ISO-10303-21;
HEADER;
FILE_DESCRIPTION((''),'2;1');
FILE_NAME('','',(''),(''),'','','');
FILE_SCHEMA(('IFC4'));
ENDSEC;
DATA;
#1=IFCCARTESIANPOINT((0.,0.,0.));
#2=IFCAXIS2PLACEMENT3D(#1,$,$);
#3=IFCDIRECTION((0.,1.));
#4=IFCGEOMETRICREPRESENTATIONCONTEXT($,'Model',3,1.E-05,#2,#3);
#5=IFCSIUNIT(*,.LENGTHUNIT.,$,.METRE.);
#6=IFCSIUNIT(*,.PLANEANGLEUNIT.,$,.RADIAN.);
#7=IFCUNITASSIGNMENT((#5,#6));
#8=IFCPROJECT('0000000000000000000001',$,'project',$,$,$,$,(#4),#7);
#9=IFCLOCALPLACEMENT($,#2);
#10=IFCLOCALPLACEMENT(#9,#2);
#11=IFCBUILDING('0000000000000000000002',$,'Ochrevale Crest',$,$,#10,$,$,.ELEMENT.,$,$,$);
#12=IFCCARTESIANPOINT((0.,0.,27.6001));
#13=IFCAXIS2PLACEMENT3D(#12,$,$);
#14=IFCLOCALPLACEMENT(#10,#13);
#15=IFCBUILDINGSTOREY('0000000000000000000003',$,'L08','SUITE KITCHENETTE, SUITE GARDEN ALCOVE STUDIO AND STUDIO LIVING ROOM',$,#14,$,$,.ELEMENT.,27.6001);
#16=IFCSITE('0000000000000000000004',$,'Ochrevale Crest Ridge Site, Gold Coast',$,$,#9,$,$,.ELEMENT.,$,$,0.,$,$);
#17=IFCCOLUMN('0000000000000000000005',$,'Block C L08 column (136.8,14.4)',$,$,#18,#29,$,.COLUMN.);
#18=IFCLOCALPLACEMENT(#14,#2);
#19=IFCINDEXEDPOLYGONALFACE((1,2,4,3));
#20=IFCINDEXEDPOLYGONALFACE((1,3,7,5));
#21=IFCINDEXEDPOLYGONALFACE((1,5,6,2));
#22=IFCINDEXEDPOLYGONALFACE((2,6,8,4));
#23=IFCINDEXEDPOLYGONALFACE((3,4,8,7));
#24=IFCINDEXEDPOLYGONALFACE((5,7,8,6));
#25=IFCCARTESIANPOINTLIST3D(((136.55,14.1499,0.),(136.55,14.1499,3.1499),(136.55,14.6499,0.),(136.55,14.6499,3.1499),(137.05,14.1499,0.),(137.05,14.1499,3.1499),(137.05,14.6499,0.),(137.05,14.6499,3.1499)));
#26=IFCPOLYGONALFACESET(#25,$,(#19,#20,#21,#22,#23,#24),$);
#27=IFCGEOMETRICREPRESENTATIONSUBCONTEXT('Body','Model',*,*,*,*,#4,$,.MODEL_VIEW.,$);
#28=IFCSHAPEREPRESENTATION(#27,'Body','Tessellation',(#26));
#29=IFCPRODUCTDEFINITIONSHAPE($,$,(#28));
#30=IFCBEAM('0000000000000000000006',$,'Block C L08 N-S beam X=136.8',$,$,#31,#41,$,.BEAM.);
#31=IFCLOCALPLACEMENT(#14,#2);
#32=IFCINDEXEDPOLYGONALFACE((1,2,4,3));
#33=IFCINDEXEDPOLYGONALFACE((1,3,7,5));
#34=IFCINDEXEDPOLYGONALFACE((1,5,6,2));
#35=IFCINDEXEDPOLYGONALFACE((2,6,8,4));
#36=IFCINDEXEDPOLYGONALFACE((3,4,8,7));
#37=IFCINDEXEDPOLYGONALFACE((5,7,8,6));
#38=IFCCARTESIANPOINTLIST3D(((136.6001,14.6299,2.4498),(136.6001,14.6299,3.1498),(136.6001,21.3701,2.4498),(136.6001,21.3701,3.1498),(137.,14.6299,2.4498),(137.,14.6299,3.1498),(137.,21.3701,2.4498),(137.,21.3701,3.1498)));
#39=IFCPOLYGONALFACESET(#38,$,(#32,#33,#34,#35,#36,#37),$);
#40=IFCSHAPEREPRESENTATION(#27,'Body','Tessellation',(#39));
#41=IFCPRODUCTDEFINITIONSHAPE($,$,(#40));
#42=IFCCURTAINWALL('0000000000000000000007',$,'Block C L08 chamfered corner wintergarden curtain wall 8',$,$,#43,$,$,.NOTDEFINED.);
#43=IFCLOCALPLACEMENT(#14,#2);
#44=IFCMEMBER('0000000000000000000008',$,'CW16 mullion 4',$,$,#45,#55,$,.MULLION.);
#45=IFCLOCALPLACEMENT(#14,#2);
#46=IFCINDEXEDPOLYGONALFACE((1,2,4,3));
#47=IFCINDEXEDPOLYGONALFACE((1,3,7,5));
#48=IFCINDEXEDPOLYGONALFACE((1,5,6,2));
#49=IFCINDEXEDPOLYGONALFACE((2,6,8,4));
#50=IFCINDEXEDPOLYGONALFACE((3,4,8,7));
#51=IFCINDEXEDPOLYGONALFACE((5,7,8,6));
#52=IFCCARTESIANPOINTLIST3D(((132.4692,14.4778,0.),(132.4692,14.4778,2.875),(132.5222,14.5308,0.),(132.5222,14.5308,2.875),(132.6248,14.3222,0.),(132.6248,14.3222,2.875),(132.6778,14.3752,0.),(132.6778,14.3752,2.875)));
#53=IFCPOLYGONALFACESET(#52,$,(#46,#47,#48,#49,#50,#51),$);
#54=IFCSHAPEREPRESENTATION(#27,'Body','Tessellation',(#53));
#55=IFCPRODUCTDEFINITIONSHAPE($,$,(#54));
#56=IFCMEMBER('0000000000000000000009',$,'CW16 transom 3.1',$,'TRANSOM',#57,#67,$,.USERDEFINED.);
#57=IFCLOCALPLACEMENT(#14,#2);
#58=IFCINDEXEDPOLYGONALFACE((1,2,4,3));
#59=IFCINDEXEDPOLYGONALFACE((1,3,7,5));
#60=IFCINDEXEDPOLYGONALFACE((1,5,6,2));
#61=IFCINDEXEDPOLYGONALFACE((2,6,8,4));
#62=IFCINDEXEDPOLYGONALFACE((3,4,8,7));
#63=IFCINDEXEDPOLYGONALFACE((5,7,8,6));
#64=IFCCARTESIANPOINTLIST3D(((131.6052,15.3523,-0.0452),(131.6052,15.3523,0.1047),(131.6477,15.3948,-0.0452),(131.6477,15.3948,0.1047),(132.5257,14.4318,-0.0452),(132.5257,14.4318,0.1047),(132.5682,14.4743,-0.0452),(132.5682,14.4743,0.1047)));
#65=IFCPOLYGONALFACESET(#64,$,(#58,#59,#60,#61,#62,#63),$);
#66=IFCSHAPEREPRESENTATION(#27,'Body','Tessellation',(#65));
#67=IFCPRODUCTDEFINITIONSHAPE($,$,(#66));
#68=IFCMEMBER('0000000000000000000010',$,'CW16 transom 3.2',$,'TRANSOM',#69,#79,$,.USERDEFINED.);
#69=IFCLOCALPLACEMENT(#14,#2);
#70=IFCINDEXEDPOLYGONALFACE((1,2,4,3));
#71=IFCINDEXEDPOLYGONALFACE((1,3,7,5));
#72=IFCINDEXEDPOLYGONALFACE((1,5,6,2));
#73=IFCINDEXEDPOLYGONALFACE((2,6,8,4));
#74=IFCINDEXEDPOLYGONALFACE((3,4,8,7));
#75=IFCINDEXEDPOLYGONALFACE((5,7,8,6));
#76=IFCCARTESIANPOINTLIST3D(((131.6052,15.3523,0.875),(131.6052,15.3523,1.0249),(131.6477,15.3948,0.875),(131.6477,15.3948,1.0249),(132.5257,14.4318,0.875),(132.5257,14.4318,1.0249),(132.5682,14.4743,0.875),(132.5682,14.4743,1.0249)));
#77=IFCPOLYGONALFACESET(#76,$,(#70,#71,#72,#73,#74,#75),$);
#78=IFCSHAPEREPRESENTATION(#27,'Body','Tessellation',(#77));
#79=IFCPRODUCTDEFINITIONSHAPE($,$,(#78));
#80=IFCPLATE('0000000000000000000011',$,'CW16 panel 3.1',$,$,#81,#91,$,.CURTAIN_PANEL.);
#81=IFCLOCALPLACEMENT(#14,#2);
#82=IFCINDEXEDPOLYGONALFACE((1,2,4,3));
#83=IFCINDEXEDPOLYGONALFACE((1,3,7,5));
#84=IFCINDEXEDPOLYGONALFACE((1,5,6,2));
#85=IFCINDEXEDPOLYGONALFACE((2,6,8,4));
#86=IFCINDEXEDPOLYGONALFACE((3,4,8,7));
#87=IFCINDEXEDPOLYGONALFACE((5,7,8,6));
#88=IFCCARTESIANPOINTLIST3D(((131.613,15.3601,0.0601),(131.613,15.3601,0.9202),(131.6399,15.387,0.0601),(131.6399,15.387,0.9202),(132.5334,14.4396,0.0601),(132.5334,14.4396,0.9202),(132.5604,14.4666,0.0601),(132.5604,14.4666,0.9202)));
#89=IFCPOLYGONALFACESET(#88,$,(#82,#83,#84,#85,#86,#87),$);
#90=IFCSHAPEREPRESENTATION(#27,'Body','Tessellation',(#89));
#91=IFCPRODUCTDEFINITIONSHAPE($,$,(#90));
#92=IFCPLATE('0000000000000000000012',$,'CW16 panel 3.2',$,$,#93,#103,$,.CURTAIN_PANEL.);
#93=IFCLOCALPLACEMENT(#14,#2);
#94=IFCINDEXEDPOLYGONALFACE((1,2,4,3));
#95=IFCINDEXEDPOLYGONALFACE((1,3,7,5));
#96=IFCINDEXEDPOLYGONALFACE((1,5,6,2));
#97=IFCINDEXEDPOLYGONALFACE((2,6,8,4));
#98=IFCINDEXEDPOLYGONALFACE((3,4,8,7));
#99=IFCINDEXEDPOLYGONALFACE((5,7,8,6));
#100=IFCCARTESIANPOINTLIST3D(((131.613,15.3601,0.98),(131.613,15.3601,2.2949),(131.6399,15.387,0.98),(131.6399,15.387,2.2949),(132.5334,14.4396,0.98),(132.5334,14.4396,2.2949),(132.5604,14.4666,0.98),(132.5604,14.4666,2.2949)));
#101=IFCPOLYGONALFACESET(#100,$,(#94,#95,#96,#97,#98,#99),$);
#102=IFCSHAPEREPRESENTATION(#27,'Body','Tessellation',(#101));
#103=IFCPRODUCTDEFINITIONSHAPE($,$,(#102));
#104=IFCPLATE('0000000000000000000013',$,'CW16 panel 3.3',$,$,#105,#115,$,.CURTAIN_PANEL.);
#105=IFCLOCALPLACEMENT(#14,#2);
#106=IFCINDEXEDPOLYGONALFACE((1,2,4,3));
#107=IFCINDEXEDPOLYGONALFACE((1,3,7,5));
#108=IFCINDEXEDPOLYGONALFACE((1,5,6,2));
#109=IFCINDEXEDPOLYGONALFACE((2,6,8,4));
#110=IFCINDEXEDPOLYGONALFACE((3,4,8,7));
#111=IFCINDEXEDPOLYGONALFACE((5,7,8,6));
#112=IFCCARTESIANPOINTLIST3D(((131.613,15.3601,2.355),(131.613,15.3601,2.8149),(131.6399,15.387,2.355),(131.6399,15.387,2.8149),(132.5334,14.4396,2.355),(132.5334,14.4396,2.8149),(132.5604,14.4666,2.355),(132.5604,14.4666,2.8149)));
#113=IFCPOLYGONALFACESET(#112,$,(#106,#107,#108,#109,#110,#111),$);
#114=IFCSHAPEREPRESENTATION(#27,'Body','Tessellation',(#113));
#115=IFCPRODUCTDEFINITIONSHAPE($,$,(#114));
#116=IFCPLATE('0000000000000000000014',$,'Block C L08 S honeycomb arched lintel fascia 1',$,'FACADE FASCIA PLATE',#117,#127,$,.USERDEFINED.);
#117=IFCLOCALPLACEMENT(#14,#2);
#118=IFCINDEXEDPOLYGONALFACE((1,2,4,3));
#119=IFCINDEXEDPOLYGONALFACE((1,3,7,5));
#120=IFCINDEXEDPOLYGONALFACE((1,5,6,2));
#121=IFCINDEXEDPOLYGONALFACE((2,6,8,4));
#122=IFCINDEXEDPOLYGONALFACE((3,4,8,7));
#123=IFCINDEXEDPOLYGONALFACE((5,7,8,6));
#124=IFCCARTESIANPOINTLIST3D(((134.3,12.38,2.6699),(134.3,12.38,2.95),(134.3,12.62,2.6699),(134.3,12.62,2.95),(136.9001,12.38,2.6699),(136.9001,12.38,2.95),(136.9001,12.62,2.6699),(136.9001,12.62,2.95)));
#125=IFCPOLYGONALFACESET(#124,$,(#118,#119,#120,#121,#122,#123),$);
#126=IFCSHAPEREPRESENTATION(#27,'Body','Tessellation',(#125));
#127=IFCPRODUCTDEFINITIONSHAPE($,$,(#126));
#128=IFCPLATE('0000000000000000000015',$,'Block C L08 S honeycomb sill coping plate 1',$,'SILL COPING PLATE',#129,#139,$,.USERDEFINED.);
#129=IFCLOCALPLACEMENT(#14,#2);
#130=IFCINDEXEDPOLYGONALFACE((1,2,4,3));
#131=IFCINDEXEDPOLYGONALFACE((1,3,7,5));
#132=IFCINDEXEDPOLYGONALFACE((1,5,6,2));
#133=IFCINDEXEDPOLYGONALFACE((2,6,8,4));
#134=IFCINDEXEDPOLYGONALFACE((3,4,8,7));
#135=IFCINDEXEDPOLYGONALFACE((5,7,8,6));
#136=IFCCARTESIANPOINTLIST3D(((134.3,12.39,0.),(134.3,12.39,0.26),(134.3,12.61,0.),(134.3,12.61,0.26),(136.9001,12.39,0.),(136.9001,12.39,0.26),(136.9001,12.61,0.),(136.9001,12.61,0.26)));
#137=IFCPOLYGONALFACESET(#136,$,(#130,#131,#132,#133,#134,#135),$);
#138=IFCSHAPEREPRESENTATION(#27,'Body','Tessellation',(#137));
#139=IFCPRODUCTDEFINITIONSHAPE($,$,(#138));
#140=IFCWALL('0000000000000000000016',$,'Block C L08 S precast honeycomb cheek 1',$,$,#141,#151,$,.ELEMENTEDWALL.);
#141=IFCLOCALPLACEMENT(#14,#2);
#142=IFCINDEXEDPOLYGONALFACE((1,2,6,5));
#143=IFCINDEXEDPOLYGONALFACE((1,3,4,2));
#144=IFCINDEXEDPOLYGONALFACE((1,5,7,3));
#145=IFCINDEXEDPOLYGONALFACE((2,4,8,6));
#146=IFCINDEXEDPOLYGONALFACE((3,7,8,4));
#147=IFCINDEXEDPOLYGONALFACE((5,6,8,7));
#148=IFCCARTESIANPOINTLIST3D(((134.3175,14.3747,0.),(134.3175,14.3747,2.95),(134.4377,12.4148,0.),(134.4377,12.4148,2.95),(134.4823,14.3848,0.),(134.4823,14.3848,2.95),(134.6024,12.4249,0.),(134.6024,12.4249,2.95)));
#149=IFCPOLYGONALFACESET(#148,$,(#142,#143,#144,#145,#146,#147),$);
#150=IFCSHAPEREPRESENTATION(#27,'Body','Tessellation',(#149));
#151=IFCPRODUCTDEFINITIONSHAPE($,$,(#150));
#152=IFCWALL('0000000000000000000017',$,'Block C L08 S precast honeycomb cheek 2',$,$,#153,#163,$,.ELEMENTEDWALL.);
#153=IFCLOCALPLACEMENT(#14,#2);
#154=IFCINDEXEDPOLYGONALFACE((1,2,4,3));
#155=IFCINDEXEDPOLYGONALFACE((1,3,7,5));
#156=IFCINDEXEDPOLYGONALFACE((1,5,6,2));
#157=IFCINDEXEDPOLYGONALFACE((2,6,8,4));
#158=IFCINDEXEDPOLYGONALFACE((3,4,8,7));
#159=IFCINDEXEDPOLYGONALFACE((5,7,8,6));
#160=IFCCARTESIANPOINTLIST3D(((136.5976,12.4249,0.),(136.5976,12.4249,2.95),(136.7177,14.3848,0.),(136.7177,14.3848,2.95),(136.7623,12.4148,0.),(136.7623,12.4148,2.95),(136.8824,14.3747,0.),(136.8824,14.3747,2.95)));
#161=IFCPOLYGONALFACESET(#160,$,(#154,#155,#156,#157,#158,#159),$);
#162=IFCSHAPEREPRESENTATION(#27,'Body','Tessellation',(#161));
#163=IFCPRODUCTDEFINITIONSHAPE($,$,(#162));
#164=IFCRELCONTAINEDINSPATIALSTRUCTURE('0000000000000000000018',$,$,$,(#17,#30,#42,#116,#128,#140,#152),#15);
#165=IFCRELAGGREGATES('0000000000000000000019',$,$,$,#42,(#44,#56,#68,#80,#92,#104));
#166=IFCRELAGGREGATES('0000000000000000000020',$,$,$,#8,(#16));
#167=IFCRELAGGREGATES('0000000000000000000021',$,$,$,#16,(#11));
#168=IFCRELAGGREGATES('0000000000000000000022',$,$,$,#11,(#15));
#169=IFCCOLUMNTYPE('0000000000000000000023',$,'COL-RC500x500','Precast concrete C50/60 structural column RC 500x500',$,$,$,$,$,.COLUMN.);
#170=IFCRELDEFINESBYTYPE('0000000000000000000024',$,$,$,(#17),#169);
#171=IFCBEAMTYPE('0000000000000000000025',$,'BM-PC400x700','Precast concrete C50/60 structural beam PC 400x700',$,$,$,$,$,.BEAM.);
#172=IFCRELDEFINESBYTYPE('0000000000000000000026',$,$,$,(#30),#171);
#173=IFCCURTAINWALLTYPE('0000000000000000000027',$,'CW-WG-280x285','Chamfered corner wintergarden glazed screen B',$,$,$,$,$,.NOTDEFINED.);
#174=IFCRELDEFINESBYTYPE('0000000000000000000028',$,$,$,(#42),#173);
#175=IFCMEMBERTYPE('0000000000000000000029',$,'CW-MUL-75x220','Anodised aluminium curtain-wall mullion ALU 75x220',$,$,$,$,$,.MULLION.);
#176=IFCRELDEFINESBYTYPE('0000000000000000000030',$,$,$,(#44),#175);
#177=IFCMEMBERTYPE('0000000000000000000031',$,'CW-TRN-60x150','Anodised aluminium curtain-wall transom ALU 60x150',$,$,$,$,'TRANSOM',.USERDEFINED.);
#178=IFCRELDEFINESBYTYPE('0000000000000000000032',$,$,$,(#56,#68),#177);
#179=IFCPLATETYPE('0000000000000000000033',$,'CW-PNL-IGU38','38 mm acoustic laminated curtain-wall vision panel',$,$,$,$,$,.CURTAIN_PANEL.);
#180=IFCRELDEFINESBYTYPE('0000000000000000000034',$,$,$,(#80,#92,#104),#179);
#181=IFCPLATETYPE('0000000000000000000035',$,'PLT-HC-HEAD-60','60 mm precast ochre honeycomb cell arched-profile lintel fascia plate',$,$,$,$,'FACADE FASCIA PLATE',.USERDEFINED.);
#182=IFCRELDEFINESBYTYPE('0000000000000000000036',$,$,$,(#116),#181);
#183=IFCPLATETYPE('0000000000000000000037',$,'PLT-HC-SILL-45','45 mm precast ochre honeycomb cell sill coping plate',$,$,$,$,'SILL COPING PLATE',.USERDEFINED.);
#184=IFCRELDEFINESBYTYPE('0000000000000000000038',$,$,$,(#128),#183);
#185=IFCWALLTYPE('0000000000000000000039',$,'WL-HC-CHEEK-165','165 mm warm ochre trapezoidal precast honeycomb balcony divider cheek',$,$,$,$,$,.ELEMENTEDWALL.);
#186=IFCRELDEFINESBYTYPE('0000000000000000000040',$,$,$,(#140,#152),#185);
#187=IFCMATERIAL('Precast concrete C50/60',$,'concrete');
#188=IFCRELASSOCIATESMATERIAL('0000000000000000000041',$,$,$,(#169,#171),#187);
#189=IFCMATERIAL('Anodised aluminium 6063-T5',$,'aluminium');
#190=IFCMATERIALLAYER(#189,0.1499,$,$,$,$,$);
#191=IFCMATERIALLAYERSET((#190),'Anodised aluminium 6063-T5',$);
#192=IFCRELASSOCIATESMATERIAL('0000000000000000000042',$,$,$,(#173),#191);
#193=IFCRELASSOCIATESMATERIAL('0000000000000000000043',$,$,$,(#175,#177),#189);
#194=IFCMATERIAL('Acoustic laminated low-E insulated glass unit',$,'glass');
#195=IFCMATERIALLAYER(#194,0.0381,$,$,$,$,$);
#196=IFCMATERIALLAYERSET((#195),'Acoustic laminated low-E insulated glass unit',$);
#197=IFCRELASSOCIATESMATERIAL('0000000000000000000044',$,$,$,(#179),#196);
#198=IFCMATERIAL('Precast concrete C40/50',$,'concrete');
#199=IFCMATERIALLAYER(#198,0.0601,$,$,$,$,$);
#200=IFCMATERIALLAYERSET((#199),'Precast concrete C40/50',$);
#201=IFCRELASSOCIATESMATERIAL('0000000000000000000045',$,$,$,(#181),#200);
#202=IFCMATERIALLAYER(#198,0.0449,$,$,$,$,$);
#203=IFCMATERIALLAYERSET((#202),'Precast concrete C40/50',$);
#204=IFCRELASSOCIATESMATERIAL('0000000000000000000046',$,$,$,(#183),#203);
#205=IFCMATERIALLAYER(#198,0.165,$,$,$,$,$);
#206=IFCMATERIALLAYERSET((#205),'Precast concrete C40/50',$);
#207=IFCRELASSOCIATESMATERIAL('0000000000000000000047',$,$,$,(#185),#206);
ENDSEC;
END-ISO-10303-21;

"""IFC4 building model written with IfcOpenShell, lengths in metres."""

from ifc_helpers import new_model, si_unit, direction, frame, frame_2d, origin, origin_2d, place, context, subcontext, project, spatial, rectangle, extrude, material, layer, layer_set, material_profile, profile_set, type_object, element, aggregate, save


model = new_model("IFC4")

# Units and contexts
model_context = context("Model", 3, precision=1e-05, world=origin(), true_north=direction((0.0, 1.0)))
body_context = subcontext(model_context, "Body", "Model", "MODEL_VIEW")
ifc_project = project(units=[si_unit("LENGTHUNIT", "METRE"), si_unit("PLANEANGLEUNIT", "RADIAN")], contexts=[model_context])

# Site, building, storey
site_placement = place(None, origin())
site = spatial("IfcSite", under=ifc_project, at=site_placement, Name="Ochrevale Crest Ridge Site, Gold Coast", CompositionType="ELEMENT", RefElevation=0.0)
building_placement = place(site_placement, origin())
building = spatial("IfcBuilding", under=site, at=building_placement, Name="Ochrevale Crest", CompositionType="ELEMENT")
storey_placement = place(building_placement, frame((0.0, 0.0, 27.6001)))
storey = spatial("IfcBuildingStorey", under=building, at=storey_placement, Name="L08", Description="SUITE KITCHENETTE, SUITE GARDEN ALCOVE STUDIO AND STUDIO LIVING ROOM", CompositionType="ELEMENT", Elevation=27.6001)

# Column
ifc_material_1 = material(Name="Precast concrete C50/60", Category="concrete")
ifc_material_profile_1 = material_profile(ifc_material_1, rectangle(XDim=0.5, YDim=0.5, at=origin_2d()), Name="RC 500x500")
ifc_profile_set_1 = profile_set([ifc_material_profile_1], Name="Precast concrete C50/60")
column_type = type_object("IfcColumnType", Name="COL-RC500x500", Description="Precast concrete C50/60 structural column RC 500x500", PredefinedType="COLUMN", material=ifc_profile_set_1)
column_placement = place(storey_placement, frame((136.8, 14.3999, 0.0), z_axis=(0.0, 0.0, 1.0), x_axis=(1.0, 0.0, 0.0)))
element("IfcColumn", 1, at=column_placement, inside=storey, type_object=column_type, Name="Block C L08 column (136.8,14.4)", PredefinedType="COLUMN", context=body_context, shape_type="SweptSolid", body=[
    extrude(rectangle(XDim=0.5, YDim=0.5, at=origin_2d()), origin(), (0.0, 0.0, 1.0), 3.1499),
])

# Beam
ifc_material_profile_2 = material_profile(ifc_material_1, rectangle(XDim=0.3999, YDim=0.7, at=origin_2d()), Name="PC 400x700")
ifc_profile_set_2 = profile_set([ifc_material_profile_2], Name="Precast concrete C50/60")
beam_type = type_object("IfcBeamType", Name="BM-PC400x700", Description="Precast concrete C50/60 structural beam PC 400x700", PredefinedType="BEAM", material=ifc_profile_set_2)
beam_placement = place(storey_placement, frame((136.8, 14.6299, 2.7998), z_axis=(0.0, 1.0, 0.0), x_axis=(-1.0, 0.0, 0.0)))
element("IfcBeam", 2, at=beam_placement, inside=storey, type_object=beam_type, Name="Block C L08 N-S beam X=136.8", PredefinedType="BEAM", context=body_context, shape_type="SweptSolid", body=[
    extrude(rectangle(XDim=0.3999, YDim=0.7, at=origin_2d()), origin(), (0.0, 0.0, 1.0), 6.7402),
])

# Curtain wall, members, plates
ifc_material_2 = material(Name="Anodised aluminium 6063-T5", Category="aluminium")
ifc_layer_1 = layer(ifc_material_2, 0.1499)
ifc_layer_set_1 = layer_set([ifc_layer_1], Name="Anodised aluminium 6063-T5")
curtain_wall_type = type_object("IfcCurtainWallType", Name="CW-WG-280x285", Description="Chamfered corner wintergarden glazed screen B", PredefinedType="NOTDEFINED", material=ifc_layer_set_1)
curtain_wall_placement = place(storey_placement, origin())
curtain_wall = element("IfcCurtainWall", 3, at=curtain_wall_placement, inside=storey, type_object=curtain_wall_type, Name="Block C L08 chamfered corner wintergarden curtain wall 8", PredefinedType="NOTDEFINED")
ifc_material_profile_3 = material_profile(ifc_material_2, rectangle(XDim=0.075, YDim=0.22, at=origin_2d()), Name="ALU 75x220")
ifc_profile_set_3 = profile_set([ifc_material_profile_3], Name="Anodised aluminium 6063-T5")
member_type_1 = type_object("IfcMemberType", Name="CW-MUL-75x220", Description="Anodised aluminium curtain-wall mullion ALU 75x220", PredefinedType="MULLION", material=ifc_profile_set_3)
member_1_placement = place(storey_placement, frame((132.5735, 14.4265, 0.0), z_axis=(0.0, 0.0, 1.0), x_axis=(0.707107, 0.707107, 0.0)))
member_1 = element("IfcMember", 4, at=member_1_placement, type_object=member_type_1, Name="CW16 mullion 4", PredefinedType="MULLION", context=body_context, shape_type="SweptSolid", body=[
    extrude(rectangle(XDim=0.075, YDim=0.22, at=origin_2d()), origin(), (0.0, 0.0, 1.0), 2.875),
])
ifc_material_profile_4 = material_profile(ifc_material_2, rectangle(XDim=0.0601, YDim=0.1499, at=origin_2d()), Name="ALU 60x150")
ifc_profile_set_4 = profile_set([ifc_material_profile_4], Name="Anodised aluminium 6063-T5")
member_type_2 = type_object("IfcMemberType", Name="CW-TRN-60x150", Description="Anodised aluminium curtain-wall transom ALU 60x150", ElementType="TRANSOM", PredefinedType="USERDEFINED", material=ifc_profile_set_4)
member_2_placement = place(storey_placement, frame((131.6265, 15.3735, 0.0298), z_axis=(0.707107, -0.707107, 0.0), x_axis=(0.707107, 0.707107, 0.0)))
member_2 = element("IfcMember", 5, at=member_2_placement, type_object=member_type_2, Name="CW16 transom 3.1", ObjectType="TRANSOM", PredefinedType="USERDEFINED", context=body_context, shape_type="SweptSolid", body=[
    extrude(rectangle(XDim=0.0601, YDim=0.1499, at=origin_2d()), origin(), (0.0, 0.0, 1.0), 1.3018),
])
member_3_placement = place(storey_placement, frame((131.6265, 15.3735, 0.95), z_axis=(0.707107, -0.707107, 0.0), x_axis=(0.707107, 0.707107, 0.0)))
member_3 = element("IfcMember", 6, at=member_3_placement, type_object=member_type_2, Name="CW16 transom 3.2", ObjectType="TRANSOM", PredefinedType="USERDEFINED", context=body_context, shape_type="SweptSolid", body=[
    extrude(rectangle(XDim=0.0601, YDim=0.1499, at=origin_2d()), origin(), (0.0, 0.0, 1.0), 1.3018),
])
ifc_material_3 = material(Name="Acoustic laminated low-E insulated glass unit", Category="glass")
ifc_layer_2 = layer(ifc_material_3, 0.0381)
ifc_layer_set_2 = layer_set([ifc_layer_2], Name="Acoustic laminated low-E insulated glass unit")
plate_type_1 = type_object("IfcPlateType", Name="CW-PNL-IGU38", Description="38 mm acoustic laminated curtain-wall vision panel", PredefinedType="CURTAIN_PANEL", material=ifc_layer_set_2)
plate_1_placement = place(storey_placement, frame((132.0867, 14.9133, 0.0601), z_axis=(0.0, 0.0, 1.0), x_axis=(0.707107, -0.707107, 0.0)))
plate_1 = element("IfcPlate", 7, at=plate_1_placement, type_object=plate_type_1, Name="CW16 panel 3.1", PredefinedType="CURTAIN_PANEL", context=body_context, shape_type="SweptSolid", body=[
    extrude(rectangle(XDim=1.3018, YDim=0.0381, at=origin_2d()), origin(), (0.0, 0.0, 1.0), 0.8601),
])
plate_2_placement = place(storey_placement, frame((132.0867, 14.9133, 0.98), z_axis=(0.0, 0.0, 1.0), x_axis=(0.707107, -0.707107, 0.0)))
plate_2 = element("IfcPlate", 8, at=plate_2_placement, type_object=plate_type_1, Name="CW16 panel 3.2", PredefinedType="CURTAIN_PANEL", context=body_context, shape_type="SweptSolid", body=[
    extrude(rectangle(XDim=1.3018, YDim=0.0381, at=origin_2d()), origin(), (0.0, 0.0, 1.0), 1.3149),
])
plate_3_placement = place(storey_placement, frame((132.0867, 14.9133, 2.355), z_axis=(0.0, 0.0, 1.0), x_axis=(0.707107, -0.707107, 0.0)))
plate_3 = element("IfcPlate", 9, at=plate_3_placement, type_object=plate_type_1, Name="CW16 panel 3.3", PredefinedType="CURTAIN_PANEL", context=body_context, shape_type="SweptSolid", body=[
    extrude(rectangle(XDim=1.3018, YDim=0.0381, at=origin_2d()), origin(), (0.0, 0.0, 1.0), 0.46),
])
aggregate(curtain_wall, [member_1, member_2, member_3, plate_1, plate_2, plate_3])

# Plates
ifc_material_4 = material(Name="Precast concrete C40/50", Category="concrete")
ifc_layer_3 = layer(ifc_material_4, 0.0601)
ifc_layer_set_3 = layer_set([ifc_layer_3], Name="Precast concrete C40/50")
plate_type_2 = type_object("IfcPlateType", Name="PLT-HC-HEAD-60", Description="60 mm precast ochre honeycomb cell arched-profile lintel fascia plate", ElementType="FACADE FASCIA PLATE", PredefinedType="USERDEFINED", material=ifc_layer_set_3)
plate_4_placement = place(storey_placement, frame((135.6001, 12.5, 2.6699), z_axis=(0.0, 0.0, 1.0), x_axis=(1.0, 0.0, 0.0)))
element("IfcPlate", 10, at=plate_4_placement, inside=storey, type_object=plate_type_2, Name="Block C L08 S honeycomb arched lintel fascia 1", ObjectType="FACADE FASCIA PLATE", PredefinedType="USERDEFINED", context=body_context, shape_type="SweptSolid", body=[
    extrude(rectangle(XDim=2.6001, YDim=0.24, at=origin_2d()), origin(), (0.0, 0.0, 1.0), 0.28),
])
ifc_layer_4 = layer(ifc_material_4, 0.0449)
ifc_layer_set_4 = layer_set([ifc_layer_4], Name="Precast concrete C40/50")
plate_type_3 = type_object("IfcPlateType", Name="PLT-HC-SILL-45", Description="45 mm precast ochre honeycomb cell sill coping plate", ElementType="SILL COPING PLATE", PredefinedType="USERDEFINED", material=ifc_layer_set_4)
plate_5_placement = place(storey_placement, frame((135.6001, 12.5, 0.0), z_axis=(0.0, 0.0, 1.0), x_axis=(1.0, 0.0, 0.0)))
element("IfcPlate", 11, at=plate_5_placement, inside=storey, type_object=plate_type_3, Name="Block C L08 S honeycomb sill coping plate 1", ObjectType="SILL COPING PLATE", PredefinedType="USERDEFINED", context=body_context, shape_type="SweptSolid", body=[
    extrude(rectangle(XDim=2.6001, YDim=0.22, at=origin_2d()), origin(), (0.0, 0.0, 1.0), 0.26),
])

# Walls
ifc_layer_5 = layer(ifc_material_4, 0.165)
ifc_layer_set_5 = layer_set([ifc_layer_5], Name="Precast concrete C40/50")
wall_type_1 = type_object("IfcWallType", Name="WL-HC-CHEEK-165", Description="165 mm warm ochre trapezoidal precast honeycomb balcony divider cheek", PredefinedType="ELEMENTEDWALL", material=ifc_layer_set_5)
for number, where, z_axis, x_axis, name in (
    (12, (134.3999, 14.3799, 0.0), (0.0, 0.0, 1.0), (0.061171, -0.998127, 0.0), "Block C L08 S precast honeycomb cheek 1"),
    (13, (136.8, 14.3799, 0.0), (0.0, 0.0, 1.0), (-0.061171, -0.998127, 0.0), "Block C L08 S precast honeycomb cheek 2"),
):
    element("IfcWall", number, at=place(storey_placement, frame(where, z_axis=z_axis, x_axis=x_axis)), inside=storey, type_object=wall_type_1, Name=name, PredefinedType="ELEMENTEDWALL", context=body_context, shape_type="SweptSolid", body=[
        extrude(rectangle(XDim=1.9636, YDim=0.165, at=frame_2d((0.9819, 0.0))), origin(), (0.0, 0.0, 1.0), 2.95),
    ])

save(model, "model.ifc")
